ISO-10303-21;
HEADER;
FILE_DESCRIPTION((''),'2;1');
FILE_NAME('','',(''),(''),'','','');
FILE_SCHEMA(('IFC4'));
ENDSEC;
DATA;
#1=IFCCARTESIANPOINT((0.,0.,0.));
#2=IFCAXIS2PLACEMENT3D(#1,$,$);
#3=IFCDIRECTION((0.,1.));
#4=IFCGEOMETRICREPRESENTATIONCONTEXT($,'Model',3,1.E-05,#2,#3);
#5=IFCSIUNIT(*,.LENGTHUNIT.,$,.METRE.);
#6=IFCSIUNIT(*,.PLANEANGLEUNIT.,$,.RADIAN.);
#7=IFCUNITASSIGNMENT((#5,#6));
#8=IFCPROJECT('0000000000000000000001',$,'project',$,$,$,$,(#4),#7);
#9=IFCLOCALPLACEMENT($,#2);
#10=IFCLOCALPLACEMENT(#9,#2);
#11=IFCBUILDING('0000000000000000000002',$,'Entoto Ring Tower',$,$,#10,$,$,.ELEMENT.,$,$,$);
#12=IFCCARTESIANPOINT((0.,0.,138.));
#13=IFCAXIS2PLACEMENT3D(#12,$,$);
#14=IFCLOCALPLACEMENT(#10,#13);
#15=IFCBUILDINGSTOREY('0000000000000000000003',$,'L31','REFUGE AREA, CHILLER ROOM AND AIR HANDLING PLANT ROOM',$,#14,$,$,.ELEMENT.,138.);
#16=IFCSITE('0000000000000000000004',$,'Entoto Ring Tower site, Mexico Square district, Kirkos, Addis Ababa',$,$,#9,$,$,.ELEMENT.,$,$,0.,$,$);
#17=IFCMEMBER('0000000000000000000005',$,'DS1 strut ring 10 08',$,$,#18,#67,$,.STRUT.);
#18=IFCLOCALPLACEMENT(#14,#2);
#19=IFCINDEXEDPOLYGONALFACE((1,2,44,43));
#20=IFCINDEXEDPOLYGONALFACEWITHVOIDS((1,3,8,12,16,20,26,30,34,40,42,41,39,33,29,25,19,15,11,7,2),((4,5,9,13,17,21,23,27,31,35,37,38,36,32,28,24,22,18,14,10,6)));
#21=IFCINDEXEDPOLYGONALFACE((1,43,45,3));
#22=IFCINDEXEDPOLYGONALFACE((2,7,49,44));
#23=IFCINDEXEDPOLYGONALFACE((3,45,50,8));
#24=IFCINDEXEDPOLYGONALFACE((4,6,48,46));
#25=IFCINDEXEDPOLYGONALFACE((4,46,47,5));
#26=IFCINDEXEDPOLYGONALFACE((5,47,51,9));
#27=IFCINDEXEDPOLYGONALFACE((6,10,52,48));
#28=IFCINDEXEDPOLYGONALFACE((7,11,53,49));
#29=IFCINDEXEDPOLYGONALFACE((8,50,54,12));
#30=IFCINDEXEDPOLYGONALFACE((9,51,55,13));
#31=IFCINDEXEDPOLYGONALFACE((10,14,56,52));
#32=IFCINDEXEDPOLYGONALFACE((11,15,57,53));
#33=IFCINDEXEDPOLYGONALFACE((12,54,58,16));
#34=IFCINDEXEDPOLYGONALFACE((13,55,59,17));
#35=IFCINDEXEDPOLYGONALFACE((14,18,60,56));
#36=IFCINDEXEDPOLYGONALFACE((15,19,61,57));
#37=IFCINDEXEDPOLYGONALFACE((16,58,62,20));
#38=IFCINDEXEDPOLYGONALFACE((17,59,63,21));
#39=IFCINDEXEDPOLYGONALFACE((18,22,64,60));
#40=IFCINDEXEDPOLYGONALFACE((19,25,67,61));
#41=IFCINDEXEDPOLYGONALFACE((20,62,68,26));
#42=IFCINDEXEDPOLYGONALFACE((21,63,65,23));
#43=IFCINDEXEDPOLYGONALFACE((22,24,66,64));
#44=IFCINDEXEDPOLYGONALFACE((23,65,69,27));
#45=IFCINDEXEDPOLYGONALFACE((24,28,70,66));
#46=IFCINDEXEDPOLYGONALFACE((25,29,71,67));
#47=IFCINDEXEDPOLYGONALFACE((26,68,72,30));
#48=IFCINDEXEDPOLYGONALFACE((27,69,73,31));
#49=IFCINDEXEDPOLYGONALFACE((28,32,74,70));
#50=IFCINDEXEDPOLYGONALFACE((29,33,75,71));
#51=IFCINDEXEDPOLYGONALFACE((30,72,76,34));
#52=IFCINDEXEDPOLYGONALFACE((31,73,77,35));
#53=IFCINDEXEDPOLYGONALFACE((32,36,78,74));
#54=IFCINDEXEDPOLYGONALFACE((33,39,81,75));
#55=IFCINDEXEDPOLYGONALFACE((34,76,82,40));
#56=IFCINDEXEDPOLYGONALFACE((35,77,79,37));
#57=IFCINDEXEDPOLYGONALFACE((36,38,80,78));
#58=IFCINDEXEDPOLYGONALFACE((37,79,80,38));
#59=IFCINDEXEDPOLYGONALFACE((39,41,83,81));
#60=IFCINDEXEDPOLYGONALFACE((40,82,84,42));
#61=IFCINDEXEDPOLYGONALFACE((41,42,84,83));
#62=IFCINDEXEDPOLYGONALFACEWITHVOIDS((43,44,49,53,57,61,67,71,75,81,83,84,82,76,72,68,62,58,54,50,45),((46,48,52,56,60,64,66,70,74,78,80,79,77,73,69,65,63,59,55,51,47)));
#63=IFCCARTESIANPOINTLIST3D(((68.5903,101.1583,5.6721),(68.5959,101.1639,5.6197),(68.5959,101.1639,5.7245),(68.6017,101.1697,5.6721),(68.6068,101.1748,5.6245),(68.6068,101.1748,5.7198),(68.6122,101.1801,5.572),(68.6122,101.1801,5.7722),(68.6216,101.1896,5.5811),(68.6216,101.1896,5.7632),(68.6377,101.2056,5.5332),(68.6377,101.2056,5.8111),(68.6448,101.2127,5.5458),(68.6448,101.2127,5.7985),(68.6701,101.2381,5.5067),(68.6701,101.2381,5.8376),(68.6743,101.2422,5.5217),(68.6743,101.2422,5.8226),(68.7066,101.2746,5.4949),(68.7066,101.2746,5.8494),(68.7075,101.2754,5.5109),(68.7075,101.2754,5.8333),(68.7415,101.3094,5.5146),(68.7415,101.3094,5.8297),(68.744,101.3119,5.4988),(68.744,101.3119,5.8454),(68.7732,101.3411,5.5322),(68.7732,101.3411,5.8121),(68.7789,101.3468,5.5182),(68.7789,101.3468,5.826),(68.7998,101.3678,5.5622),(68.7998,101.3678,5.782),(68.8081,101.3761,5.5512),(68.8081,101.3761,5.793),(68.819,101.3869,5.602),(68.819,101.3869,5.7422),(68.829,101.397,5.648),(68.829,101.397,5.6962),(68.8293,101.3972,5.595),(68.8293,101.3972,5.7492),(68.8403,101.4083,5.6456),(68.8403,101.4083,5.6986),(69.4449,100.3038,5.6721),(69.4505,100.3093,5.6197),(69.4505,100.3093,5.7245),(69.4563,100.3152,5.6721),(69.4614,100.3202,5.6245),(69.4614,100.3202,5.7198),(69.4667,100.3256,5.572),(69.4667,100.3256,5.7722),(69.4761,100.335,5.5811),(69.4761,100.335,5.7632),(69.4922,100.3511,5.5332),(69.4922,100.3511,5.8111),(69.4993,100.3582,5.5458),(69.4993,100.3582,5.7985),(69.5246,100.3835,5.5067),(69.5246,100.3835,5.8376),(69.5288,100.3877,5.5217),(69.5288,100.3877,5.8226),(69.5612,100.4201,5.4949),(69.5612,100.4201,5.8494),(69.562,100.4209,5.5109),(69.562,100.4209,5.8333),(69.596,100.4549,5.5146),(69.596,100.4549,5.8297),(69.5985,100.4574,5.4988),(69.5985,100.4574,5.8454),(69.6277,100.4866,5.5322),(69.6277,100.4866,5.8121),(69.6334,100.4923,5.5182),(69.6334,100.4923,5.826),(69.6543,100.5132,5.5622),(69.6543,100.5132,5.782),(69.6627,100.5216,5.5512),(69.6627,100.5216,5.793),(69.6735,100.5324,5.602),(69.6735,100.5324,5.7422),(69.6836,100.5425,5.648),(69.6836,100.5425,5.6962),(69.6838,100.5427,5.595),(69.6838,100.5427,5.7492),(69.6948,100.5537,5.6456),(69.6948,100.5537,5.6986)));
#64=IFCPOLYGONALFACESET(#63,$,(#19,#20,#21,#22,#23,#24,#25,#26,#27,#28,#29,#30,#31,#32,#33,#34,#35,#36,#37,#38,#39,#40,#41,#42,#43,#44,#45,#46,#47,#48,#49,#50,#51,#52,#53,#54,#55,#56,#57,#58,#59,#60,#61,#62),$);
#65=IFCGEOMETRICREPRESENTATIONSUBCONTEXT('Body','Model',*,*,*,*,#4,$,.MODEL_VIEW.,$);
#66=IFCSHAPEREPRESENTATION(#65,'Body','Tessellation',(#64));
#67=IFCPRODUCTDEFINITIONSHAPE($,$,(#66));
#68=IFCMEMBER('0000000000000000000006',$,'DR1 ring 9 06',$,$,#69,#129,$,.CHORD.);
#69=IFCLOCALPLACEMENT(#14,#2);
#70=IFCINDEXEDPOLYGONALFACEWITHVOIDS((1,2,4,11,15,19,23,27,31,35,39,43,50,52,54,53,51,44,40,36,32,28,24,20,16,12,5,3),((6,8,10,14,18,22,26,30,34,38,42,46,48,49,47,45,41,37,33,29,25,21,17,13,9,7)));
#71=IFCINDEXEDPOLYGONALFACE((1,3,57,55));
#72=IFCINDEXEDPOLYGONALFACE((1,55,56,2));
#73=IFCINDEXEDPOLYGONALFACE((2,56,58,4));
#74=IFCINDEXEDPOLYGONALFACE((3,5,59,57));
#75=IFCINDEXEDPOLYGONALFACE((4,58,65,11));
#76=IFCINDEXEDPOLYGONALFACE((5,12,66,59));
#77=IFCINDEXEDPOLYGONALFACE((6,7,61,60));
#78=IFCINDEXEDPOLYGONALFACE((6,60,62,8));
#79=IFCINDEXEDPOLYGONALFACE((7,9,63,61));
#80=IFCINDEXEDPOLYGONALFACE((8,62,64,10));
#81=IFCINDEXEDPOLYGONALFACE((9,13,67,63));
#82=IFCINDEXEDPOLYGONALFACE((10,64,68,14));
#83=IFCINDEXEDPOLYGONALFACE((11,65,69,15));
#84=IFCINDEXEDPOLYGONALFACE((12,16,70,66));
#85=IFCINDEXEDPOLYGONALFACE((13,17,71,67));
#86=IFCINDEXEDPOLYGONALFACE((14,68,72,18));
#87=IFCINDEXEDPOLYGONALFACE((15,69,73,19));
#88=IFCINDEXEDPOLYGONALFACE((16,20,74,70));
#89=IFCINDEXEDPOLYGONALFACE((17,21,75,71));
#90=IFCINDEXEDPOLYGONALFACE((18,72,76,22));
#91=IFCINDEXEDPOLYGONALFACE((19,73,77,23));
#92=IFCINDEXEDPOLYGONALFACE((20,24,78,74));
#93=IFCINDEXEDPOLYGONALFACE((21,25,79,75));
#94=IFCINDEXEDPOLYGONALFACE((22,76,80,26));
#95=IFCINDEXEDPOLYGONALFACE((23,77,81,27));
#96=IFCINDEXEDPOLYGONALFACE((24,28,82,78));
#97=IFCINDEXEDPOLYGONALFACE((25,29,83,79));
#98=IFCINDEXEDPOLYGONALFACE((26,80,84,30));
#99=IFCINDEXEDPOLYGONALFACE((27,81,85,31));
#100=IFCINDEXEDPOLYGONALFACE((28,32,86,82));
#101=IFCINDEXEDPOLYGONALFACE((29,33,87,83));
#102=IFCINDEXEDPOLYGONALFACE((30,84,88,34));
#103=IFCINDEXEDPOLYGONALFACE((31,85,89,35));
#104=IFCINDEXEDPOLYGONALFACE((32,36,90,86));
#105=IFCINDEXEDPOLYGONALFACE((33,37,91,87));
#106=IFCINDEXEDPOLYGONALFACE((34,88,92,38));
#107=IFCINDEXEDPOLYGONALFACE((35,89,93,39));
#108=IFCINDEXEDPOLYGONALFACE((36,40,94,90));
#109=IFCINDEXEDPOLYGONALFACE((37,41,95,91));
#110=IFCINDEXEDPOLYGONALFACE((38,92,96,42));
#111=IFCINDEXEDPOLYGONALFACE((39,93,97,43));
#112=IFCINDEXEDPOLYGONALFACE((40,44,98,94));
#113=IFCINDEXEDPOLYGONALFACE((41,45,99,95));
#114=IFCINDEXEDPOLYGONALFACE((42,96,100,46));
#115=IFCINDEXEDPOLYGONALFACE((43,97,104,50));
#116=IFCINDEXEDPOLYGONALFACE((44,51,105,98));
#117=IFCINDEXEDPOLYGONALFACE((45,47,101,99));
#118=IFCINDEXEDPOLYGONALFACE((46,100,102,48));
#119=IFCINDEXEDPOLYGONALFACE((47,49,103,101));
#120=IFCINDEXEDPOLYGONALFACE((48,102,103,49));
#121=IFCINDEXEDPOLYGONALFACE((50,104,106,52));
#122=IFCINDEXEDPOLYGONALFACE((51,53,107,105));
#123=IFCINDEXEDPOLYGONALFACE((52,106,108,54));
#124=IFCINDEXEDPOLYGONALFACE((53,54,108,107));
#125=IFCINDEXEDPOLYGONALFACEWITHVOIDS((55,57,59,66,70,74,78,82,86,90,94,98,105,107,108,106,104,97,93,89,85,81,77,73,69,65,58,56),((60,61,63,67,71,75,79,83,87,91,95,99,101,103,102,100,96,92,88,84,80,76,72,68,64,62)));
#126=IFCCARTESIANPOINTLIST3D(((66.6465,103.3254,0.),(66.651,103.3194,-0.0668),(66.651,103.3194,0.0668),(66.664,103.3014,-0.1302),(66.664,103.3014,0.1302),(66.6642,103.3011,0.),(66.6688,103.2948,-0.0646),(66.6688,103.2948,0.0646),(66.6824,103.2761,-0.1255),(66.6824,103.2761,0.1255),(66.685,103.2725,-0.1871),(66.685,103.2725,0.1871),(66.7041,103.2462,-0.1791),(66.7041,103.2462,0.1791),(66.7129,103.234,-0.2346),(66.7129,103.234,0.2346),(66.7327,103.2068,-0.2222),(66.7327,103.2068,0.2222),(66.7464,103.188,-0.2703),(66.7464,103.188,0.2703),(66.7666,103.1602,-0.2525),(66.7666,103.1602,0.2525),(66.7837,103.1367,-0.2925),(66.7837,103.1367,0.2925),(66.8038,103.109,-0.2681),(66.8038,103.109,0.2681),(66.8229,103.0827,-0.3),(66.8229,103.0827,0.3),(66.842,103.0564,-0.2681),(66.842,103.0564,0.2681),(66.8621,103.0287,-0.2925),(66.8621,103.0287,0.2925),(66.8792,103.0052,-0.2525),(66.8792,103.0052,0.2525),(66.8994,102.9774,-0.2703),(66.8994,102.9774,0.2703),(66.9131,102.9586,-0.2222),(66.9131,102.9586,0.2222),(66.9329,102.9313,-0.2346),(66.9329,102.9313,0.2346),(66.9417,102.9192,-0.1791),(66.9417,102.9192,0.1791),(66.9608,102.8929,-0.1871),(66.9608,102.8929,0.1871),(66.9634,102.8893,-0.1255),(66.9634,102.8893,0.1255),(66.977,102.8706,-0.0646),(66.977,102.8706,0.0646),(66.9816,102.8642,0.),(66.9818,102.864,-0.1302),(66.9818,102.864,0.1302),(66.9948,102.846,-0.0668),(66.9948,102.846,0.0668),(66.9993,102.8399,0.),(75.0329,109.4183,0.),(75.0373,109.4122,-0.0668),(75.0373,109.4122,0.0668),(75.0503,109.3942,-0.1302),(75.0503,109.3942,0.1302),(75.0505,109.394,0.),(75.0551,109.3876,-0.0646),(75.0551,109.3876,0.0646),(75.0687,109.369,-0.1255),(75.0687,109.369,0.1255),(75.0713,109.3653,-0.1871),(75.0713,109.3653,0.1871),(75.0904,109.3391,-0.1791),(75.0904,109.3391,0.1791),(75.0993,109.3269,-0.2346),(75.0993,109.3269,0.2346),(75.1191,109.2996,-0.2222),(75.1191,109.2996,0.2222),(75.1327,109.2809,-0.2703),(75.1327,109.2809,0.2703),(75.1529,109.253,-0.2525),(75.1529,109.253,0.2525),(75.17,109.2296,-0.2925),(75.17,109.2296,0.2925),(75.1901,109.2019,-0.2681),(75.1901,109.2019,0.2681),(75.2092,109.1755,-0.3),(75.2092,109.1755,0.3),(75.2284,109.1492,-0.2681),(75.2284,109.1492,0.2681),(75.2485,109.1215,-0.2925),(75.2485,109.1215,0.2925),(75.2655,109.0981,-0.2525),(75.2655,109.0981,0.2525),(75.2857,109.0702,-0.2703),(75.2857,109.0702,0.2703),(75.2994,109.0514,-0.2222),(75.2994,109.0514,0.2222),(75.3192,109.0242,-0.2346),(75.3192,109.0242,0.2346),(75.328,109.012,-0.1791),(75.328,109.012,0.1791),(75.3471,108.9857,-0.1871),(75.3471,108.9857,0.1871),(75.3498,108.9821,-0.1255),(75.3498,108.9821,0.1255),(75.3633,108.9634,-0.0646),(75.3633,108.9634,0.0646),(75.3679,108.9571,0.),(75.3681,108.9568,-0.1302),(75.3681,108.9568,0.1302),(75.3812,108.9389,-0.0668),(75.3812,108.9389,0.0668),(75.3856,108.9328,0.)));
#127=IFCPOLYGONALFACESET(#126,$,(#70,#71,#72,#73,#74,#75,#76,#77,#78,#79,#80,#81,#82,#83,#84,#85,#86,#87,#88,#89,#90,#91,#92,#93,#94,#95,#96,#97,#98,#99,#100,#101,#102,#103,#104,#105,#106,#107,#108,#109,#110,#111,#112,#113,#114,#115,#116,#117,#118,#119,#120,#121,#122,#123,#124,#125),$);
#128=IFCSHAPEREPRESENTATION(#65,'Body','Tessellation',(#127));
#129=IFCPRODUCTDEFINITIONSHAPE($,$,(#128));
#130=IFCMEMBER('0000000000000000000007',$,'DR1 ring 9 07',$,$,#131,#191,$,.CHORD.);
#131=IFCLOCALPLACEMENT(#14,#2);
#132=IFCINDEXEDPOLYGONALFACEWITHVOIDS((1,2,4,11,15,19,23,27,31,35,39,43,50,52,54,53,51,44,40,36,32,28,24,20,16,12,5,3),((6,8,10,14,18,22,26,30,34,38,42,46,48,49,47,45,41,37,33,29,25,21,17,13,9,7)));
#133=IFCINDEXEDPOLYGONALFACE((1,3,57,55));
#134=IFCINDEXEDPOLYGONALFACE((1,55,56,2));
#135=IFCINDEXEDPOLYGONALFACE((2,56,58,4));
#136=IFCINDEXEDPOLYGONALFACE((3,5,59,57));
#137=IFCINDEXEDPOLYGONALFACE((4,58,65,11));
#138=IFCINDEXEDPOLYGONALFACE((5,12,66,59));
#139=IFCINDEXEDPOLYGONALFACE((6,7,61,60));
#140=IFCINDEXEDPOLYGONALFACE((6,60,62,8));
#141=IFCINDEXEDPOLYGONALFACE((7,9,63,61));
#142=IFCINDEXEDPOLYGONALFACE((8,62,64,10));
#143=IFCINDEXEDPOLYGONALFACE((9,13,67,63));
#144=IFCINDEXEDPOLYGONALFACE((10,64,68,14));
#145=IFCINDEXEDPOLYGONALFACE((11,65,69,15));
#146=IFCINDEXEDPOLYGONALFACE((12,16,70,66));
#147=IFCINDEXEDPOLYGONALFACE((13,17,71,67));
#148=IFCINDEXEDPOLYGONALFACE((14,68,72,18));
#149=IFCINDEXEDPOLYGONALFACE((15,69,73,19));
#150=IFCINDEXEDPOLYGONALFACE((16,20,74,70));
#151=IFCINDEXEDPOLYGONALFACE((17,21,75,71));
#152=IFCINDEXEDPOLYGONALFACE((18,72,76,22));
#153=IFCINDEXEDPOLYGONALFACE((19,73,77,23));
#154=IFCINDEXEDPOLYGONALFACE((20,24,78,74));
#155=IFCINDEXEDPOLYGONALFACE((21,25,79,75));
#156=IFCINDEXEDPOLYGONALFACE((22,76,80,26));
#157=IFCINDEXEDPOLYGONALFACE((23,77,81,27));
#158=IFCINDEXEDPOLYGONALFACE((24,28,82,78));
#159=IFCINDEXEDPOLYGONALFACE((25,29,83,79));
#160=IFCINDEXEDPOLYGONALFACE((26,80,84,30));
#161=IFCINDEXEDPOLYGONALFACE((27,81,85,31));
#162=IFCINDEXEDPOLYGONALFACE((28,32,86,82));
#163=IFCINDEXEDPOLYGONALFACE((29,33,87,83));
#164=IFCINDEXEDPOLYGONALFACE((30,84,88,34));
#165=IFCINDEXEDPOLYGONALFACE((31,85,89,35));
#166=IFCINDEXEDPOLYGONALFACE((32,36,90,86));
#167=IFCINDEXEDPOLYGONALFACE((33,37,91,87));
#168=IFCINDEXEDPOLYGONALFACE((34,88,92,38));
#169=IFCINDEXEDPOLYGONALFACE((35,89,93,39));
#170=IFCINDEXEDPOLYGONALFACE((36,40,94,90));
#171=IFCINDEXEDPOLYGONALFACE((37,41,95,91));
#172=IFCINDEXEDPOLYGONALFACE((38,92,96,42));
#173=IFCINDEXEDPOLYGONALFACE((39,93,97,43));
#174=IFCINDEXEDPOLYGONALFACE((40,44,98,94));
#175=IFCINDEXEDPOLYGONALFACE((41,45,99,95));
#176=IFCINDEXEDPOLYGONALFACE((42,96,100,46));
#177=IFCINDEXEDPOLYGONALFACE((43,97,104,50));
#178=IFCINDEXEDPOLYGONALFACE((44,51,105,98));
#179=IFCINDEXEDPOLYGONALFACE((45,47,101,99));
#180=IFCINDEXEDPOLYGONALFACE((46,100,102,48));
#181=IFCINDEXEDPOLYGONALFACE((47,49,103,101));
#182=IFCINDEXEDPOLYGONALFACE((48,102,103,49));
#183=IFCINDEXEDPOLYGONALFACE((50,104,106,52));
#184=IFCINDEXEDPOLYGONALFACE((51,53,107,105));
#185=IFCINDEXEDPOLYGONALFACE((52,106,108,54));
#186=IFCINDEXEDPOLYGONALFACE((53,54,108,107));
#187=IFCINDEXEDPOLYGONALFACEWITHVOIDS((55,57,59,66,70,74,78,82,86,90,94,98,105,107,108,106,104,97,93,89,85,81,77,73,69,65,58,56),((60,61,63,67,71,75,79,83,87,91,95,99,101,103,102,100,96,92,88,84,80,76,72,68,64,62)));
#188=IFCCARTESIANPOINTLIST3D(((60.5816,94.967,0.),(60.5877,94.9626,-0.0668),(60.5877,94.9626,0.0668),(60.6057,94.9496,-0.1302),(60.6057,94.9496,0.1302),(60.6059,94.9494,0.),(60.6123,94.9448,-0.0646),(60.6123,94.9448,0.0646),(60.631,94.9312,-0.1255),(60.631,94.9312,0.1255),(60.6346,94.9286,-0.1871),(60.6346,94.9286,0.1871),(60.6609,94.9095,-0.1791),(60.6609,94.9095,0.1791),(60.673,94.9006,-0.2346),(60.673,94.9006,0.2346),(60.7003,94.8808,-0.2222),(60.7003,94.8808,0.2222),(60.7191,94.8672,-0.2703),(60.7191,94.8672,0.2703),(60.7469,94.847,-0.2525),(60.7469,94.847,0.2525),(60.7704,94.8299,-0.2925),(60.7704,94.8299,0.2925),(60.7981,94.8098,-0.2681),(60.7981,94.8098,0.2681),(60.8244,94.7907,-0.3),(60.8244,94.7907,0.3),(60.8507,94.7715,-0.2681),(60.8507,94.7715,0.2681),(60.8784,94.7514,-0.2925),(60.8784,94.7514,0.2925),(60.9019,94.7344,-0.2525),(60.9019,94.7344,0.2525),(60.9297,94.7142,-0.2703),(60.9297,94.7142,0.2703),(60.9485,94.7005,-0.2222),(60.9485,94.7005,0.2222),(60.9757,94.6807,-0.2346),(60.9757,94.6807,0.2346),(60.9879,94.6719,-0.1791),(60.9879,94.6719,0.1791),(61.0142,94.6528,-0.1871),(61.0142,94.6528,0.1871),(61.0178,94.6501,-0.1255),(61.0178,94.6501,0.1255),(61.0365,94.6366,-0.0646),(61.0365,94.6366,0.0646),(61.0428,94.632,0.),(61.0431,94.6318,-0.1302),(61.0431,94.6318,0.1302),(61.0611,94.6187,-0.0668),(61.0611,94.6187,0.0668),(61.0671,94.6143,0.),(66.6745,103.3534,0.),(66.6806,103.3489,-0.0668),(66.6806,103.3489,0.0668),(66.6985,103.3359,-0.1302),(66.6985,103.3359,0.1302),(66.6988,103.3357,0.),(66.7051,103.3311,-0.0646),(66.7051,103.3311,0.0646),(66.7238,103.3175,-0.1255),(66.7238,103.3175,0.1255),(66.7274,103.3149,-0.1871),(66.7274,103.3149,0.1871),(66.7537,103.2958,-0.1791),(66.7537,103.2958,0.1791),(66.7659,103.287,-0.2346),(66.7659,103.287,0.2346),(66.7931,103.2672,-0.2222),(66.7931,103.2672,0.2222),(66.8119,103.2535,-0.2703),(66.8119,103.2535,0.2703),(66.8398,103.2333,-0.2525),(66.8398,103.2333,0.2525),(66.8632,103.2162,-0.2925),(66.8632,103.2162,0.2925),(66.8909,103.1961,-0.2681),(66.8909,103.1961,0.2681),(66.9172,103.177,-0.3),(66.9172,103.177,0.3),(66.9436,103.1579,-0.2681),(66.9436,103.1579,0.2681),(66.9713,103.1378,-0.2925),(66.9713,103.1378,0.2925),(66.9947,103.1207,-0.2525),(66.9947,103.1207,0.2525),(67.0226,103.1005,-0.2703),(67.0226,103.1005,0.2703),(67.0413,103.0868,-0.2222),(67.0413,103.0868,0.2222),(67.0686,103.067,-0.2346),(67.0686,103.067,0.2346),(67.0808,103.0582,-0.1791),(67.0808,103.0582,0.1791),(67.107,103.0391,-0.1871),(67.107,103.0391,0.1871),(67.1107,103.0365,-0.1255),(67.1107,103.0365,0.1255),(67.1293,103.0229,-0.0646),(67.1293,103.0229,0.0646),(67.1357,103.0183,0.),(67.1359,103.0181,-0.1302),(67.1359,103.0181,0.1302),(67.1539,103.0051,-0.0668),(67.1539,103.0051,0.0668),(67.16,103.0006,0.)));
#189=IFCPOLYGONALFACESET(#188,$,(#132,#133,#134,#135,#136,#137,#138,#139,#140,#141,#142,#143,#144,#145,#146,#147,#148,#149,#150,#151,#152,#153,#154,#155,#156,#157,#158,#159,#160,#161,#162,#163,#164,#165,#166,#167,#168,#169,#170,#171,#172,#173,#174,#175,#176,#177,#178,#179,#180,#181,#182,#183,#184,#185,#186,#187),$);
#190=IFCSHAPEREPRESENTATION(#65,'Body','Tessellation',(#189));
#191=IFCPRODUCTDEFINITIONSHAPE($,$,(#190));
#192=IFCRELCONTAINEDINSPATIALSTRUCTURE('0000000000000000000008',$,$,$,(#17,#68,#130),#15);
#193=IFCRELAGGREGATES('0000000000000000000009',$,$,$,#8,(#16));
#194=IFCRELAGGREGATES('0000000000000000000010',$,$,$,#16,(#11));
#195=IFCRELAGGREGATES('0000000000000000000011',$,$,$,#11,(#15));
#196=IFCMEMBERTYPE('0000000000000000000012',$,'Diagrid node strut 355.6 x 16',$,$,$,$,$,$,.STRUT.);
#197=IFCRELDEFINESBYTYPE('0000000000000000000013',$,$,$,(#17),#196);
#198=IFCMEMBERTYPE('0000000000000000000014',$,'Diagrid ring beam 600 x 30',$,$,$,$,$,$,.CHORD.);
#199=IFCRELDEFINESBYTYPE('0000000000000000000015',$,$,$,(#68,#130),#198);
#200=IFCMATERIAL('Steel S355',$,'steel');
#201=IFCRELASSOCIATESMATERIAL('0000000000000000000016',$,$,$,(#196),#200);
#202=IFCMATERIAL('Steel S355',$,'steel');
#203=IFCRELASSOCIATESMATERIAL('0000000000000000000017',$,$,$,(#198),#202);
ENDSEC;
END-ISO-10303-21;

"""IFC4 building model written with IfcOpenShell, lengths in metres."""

from ifc_helpers import new_model, si_unit, direction, frame, origin, origin_2d, place, context, subcontext, project, spatial, circle, hollow_circle, extrude, material, material_profile, profile_set, type_object, element, save


model = new_model("IFC4")

# Units and contexts
model_context = context("Model", 3, precision=1e-05, world=origin(), true_north=direction((0.0, 1.0)))
body_context = subcontext(model_context, "Body", "Model", "MODEL_VIEW")
ifc_project = project(units=[si_unit("LENGTHUNIT", "METRE"), si_unit("PLANEANGLEUNIT", "RADIAN")], contexts=[model_context])

# Site, building, storey
site_placement = place(None, origin())
site = spatial("IfcSite", under=ifc_project, at=site_placement, Name="Entoto Ring Tower site, Mexico Square district, Kirkos, Addis Ababa", CompositionType="ELEMENT", RefElevation=0.0)
building_placement = place(site_placement, origin())
building = spatial("IfcBuilding", under=site, at=building_placement, Name="Entoto Ring Tower", CompositionType="ELEMENT")
storey_placement = place(building_placement, frame((0.0, 0.0, 138.0)))
storey = spatial("IfcBuildingStorey", under=building, at=storey_placement, Name="L31", Description="REFUGE AREA, CHILLER ROOM AND AIR HANDLING PLANT ROOM", CompositionType="ELEMENT", Elevation=138.0)

# Members
ifc_material_1 = material(Name="Steel S355", Category="steel")
ifc_material_profile_1 = material_profile(ifc_material_1, hollow_circle(Radius=0.1777, WallThickness=0.0161, at=origin_2d()), Name="CHS 355.6 x 16")
ifc_material_2 = material(Name="Concrete C60/75", Category="concrete")
ifc_material_profile_2 = material_profile(ifc_material_2, circle(Radius=0.1619, at=origin_2d()), Name="Concrete C60/75 infill")
ifc_profile_set_1 = profile_set([ifc_material_profile_1, ifc_material_profile_2], Name="Steel S355")
member_type_1 = type_object("IfcMemberType", Name="Diagrid node strut 355.6 x 16", PredefinedType="STRUT", material=ifc_profile_set_1)
member_1_placement = place(storey_placement, frame((69.5706, 100.4294, 5.6721), z_axis=(-0.707107, 0.707107, 0.0), x_axis=(-0.707107, -0.707107, 0.0)))
element("IfcMember", 1, at=member_1_placement, inside=storey, type_object=member_type_1, Name="DS1 strut ring 10 08", PredefinedType="STRUT", context=body_context, shape_type="SweptSolid", body=[
    extrude(hollow_circle(Radius=0.1777, WallThickness=0.0161, at=origin_2d()), origin(), (0.0, 0.0, 1.0), 1.2085),
])
ifc_material_3 = material(Name="Steel S355", Category="steel")
ifc_material_profile_3 = material_profile(ifc_material_3, hollow_circle(Radius=0.3, WallThickness=0.03, at=origin_2d()), Name="CHS 600 x 30")
ifc_material_4 = material(Name="Concrete C60/75", Category="concrete")
ifc_material_profile_4 = material_profile(ifc_material_4, circle(Radius=0.27, at=origin_2d()), Name="Concrete C60/75 infill")
ifc_profile_set_2 = profile_set([ifc_material_profile_3, ifc_material_profile_4], Name="Steel S355")
member_type_2 = type_object("IfcMemberType", Name="Diagrid ring beam 600 x 30", PredefinedType="CHORD", material=ifc_profile_set_2)
for number, where, z_axis, x_axis, name in (
    (2, (75.2092, 109.1755, 0.0), (-0.809025, -0.587774, 0.0), (0.587774, -0.809025, 0.0), "DR1 ring 9 06"),
    (3, (66.9172, 103.177, 0.0), (-0.587774, -0.809025, 0.0), (0.809025, -0.587774, 0.0), "DR1 ring 9 07"),
):
    element("IfcMember", number, at=place(storey_placement, frame(where, z_axis=z_axis, x_axis=x_axis)), inside=storey, type_object=member_type_2, Name=name, PredefinedType="CHORD", context=body_context, shape_type="SweptSolid", body=[
        extrude(hollow_circle(Radius=0.3, WallThickness=0.03, at=origin_2d()), origin(), (0.0, 0.0, 1.0), 10.366),
    ])

save(model, "model.ifc")
